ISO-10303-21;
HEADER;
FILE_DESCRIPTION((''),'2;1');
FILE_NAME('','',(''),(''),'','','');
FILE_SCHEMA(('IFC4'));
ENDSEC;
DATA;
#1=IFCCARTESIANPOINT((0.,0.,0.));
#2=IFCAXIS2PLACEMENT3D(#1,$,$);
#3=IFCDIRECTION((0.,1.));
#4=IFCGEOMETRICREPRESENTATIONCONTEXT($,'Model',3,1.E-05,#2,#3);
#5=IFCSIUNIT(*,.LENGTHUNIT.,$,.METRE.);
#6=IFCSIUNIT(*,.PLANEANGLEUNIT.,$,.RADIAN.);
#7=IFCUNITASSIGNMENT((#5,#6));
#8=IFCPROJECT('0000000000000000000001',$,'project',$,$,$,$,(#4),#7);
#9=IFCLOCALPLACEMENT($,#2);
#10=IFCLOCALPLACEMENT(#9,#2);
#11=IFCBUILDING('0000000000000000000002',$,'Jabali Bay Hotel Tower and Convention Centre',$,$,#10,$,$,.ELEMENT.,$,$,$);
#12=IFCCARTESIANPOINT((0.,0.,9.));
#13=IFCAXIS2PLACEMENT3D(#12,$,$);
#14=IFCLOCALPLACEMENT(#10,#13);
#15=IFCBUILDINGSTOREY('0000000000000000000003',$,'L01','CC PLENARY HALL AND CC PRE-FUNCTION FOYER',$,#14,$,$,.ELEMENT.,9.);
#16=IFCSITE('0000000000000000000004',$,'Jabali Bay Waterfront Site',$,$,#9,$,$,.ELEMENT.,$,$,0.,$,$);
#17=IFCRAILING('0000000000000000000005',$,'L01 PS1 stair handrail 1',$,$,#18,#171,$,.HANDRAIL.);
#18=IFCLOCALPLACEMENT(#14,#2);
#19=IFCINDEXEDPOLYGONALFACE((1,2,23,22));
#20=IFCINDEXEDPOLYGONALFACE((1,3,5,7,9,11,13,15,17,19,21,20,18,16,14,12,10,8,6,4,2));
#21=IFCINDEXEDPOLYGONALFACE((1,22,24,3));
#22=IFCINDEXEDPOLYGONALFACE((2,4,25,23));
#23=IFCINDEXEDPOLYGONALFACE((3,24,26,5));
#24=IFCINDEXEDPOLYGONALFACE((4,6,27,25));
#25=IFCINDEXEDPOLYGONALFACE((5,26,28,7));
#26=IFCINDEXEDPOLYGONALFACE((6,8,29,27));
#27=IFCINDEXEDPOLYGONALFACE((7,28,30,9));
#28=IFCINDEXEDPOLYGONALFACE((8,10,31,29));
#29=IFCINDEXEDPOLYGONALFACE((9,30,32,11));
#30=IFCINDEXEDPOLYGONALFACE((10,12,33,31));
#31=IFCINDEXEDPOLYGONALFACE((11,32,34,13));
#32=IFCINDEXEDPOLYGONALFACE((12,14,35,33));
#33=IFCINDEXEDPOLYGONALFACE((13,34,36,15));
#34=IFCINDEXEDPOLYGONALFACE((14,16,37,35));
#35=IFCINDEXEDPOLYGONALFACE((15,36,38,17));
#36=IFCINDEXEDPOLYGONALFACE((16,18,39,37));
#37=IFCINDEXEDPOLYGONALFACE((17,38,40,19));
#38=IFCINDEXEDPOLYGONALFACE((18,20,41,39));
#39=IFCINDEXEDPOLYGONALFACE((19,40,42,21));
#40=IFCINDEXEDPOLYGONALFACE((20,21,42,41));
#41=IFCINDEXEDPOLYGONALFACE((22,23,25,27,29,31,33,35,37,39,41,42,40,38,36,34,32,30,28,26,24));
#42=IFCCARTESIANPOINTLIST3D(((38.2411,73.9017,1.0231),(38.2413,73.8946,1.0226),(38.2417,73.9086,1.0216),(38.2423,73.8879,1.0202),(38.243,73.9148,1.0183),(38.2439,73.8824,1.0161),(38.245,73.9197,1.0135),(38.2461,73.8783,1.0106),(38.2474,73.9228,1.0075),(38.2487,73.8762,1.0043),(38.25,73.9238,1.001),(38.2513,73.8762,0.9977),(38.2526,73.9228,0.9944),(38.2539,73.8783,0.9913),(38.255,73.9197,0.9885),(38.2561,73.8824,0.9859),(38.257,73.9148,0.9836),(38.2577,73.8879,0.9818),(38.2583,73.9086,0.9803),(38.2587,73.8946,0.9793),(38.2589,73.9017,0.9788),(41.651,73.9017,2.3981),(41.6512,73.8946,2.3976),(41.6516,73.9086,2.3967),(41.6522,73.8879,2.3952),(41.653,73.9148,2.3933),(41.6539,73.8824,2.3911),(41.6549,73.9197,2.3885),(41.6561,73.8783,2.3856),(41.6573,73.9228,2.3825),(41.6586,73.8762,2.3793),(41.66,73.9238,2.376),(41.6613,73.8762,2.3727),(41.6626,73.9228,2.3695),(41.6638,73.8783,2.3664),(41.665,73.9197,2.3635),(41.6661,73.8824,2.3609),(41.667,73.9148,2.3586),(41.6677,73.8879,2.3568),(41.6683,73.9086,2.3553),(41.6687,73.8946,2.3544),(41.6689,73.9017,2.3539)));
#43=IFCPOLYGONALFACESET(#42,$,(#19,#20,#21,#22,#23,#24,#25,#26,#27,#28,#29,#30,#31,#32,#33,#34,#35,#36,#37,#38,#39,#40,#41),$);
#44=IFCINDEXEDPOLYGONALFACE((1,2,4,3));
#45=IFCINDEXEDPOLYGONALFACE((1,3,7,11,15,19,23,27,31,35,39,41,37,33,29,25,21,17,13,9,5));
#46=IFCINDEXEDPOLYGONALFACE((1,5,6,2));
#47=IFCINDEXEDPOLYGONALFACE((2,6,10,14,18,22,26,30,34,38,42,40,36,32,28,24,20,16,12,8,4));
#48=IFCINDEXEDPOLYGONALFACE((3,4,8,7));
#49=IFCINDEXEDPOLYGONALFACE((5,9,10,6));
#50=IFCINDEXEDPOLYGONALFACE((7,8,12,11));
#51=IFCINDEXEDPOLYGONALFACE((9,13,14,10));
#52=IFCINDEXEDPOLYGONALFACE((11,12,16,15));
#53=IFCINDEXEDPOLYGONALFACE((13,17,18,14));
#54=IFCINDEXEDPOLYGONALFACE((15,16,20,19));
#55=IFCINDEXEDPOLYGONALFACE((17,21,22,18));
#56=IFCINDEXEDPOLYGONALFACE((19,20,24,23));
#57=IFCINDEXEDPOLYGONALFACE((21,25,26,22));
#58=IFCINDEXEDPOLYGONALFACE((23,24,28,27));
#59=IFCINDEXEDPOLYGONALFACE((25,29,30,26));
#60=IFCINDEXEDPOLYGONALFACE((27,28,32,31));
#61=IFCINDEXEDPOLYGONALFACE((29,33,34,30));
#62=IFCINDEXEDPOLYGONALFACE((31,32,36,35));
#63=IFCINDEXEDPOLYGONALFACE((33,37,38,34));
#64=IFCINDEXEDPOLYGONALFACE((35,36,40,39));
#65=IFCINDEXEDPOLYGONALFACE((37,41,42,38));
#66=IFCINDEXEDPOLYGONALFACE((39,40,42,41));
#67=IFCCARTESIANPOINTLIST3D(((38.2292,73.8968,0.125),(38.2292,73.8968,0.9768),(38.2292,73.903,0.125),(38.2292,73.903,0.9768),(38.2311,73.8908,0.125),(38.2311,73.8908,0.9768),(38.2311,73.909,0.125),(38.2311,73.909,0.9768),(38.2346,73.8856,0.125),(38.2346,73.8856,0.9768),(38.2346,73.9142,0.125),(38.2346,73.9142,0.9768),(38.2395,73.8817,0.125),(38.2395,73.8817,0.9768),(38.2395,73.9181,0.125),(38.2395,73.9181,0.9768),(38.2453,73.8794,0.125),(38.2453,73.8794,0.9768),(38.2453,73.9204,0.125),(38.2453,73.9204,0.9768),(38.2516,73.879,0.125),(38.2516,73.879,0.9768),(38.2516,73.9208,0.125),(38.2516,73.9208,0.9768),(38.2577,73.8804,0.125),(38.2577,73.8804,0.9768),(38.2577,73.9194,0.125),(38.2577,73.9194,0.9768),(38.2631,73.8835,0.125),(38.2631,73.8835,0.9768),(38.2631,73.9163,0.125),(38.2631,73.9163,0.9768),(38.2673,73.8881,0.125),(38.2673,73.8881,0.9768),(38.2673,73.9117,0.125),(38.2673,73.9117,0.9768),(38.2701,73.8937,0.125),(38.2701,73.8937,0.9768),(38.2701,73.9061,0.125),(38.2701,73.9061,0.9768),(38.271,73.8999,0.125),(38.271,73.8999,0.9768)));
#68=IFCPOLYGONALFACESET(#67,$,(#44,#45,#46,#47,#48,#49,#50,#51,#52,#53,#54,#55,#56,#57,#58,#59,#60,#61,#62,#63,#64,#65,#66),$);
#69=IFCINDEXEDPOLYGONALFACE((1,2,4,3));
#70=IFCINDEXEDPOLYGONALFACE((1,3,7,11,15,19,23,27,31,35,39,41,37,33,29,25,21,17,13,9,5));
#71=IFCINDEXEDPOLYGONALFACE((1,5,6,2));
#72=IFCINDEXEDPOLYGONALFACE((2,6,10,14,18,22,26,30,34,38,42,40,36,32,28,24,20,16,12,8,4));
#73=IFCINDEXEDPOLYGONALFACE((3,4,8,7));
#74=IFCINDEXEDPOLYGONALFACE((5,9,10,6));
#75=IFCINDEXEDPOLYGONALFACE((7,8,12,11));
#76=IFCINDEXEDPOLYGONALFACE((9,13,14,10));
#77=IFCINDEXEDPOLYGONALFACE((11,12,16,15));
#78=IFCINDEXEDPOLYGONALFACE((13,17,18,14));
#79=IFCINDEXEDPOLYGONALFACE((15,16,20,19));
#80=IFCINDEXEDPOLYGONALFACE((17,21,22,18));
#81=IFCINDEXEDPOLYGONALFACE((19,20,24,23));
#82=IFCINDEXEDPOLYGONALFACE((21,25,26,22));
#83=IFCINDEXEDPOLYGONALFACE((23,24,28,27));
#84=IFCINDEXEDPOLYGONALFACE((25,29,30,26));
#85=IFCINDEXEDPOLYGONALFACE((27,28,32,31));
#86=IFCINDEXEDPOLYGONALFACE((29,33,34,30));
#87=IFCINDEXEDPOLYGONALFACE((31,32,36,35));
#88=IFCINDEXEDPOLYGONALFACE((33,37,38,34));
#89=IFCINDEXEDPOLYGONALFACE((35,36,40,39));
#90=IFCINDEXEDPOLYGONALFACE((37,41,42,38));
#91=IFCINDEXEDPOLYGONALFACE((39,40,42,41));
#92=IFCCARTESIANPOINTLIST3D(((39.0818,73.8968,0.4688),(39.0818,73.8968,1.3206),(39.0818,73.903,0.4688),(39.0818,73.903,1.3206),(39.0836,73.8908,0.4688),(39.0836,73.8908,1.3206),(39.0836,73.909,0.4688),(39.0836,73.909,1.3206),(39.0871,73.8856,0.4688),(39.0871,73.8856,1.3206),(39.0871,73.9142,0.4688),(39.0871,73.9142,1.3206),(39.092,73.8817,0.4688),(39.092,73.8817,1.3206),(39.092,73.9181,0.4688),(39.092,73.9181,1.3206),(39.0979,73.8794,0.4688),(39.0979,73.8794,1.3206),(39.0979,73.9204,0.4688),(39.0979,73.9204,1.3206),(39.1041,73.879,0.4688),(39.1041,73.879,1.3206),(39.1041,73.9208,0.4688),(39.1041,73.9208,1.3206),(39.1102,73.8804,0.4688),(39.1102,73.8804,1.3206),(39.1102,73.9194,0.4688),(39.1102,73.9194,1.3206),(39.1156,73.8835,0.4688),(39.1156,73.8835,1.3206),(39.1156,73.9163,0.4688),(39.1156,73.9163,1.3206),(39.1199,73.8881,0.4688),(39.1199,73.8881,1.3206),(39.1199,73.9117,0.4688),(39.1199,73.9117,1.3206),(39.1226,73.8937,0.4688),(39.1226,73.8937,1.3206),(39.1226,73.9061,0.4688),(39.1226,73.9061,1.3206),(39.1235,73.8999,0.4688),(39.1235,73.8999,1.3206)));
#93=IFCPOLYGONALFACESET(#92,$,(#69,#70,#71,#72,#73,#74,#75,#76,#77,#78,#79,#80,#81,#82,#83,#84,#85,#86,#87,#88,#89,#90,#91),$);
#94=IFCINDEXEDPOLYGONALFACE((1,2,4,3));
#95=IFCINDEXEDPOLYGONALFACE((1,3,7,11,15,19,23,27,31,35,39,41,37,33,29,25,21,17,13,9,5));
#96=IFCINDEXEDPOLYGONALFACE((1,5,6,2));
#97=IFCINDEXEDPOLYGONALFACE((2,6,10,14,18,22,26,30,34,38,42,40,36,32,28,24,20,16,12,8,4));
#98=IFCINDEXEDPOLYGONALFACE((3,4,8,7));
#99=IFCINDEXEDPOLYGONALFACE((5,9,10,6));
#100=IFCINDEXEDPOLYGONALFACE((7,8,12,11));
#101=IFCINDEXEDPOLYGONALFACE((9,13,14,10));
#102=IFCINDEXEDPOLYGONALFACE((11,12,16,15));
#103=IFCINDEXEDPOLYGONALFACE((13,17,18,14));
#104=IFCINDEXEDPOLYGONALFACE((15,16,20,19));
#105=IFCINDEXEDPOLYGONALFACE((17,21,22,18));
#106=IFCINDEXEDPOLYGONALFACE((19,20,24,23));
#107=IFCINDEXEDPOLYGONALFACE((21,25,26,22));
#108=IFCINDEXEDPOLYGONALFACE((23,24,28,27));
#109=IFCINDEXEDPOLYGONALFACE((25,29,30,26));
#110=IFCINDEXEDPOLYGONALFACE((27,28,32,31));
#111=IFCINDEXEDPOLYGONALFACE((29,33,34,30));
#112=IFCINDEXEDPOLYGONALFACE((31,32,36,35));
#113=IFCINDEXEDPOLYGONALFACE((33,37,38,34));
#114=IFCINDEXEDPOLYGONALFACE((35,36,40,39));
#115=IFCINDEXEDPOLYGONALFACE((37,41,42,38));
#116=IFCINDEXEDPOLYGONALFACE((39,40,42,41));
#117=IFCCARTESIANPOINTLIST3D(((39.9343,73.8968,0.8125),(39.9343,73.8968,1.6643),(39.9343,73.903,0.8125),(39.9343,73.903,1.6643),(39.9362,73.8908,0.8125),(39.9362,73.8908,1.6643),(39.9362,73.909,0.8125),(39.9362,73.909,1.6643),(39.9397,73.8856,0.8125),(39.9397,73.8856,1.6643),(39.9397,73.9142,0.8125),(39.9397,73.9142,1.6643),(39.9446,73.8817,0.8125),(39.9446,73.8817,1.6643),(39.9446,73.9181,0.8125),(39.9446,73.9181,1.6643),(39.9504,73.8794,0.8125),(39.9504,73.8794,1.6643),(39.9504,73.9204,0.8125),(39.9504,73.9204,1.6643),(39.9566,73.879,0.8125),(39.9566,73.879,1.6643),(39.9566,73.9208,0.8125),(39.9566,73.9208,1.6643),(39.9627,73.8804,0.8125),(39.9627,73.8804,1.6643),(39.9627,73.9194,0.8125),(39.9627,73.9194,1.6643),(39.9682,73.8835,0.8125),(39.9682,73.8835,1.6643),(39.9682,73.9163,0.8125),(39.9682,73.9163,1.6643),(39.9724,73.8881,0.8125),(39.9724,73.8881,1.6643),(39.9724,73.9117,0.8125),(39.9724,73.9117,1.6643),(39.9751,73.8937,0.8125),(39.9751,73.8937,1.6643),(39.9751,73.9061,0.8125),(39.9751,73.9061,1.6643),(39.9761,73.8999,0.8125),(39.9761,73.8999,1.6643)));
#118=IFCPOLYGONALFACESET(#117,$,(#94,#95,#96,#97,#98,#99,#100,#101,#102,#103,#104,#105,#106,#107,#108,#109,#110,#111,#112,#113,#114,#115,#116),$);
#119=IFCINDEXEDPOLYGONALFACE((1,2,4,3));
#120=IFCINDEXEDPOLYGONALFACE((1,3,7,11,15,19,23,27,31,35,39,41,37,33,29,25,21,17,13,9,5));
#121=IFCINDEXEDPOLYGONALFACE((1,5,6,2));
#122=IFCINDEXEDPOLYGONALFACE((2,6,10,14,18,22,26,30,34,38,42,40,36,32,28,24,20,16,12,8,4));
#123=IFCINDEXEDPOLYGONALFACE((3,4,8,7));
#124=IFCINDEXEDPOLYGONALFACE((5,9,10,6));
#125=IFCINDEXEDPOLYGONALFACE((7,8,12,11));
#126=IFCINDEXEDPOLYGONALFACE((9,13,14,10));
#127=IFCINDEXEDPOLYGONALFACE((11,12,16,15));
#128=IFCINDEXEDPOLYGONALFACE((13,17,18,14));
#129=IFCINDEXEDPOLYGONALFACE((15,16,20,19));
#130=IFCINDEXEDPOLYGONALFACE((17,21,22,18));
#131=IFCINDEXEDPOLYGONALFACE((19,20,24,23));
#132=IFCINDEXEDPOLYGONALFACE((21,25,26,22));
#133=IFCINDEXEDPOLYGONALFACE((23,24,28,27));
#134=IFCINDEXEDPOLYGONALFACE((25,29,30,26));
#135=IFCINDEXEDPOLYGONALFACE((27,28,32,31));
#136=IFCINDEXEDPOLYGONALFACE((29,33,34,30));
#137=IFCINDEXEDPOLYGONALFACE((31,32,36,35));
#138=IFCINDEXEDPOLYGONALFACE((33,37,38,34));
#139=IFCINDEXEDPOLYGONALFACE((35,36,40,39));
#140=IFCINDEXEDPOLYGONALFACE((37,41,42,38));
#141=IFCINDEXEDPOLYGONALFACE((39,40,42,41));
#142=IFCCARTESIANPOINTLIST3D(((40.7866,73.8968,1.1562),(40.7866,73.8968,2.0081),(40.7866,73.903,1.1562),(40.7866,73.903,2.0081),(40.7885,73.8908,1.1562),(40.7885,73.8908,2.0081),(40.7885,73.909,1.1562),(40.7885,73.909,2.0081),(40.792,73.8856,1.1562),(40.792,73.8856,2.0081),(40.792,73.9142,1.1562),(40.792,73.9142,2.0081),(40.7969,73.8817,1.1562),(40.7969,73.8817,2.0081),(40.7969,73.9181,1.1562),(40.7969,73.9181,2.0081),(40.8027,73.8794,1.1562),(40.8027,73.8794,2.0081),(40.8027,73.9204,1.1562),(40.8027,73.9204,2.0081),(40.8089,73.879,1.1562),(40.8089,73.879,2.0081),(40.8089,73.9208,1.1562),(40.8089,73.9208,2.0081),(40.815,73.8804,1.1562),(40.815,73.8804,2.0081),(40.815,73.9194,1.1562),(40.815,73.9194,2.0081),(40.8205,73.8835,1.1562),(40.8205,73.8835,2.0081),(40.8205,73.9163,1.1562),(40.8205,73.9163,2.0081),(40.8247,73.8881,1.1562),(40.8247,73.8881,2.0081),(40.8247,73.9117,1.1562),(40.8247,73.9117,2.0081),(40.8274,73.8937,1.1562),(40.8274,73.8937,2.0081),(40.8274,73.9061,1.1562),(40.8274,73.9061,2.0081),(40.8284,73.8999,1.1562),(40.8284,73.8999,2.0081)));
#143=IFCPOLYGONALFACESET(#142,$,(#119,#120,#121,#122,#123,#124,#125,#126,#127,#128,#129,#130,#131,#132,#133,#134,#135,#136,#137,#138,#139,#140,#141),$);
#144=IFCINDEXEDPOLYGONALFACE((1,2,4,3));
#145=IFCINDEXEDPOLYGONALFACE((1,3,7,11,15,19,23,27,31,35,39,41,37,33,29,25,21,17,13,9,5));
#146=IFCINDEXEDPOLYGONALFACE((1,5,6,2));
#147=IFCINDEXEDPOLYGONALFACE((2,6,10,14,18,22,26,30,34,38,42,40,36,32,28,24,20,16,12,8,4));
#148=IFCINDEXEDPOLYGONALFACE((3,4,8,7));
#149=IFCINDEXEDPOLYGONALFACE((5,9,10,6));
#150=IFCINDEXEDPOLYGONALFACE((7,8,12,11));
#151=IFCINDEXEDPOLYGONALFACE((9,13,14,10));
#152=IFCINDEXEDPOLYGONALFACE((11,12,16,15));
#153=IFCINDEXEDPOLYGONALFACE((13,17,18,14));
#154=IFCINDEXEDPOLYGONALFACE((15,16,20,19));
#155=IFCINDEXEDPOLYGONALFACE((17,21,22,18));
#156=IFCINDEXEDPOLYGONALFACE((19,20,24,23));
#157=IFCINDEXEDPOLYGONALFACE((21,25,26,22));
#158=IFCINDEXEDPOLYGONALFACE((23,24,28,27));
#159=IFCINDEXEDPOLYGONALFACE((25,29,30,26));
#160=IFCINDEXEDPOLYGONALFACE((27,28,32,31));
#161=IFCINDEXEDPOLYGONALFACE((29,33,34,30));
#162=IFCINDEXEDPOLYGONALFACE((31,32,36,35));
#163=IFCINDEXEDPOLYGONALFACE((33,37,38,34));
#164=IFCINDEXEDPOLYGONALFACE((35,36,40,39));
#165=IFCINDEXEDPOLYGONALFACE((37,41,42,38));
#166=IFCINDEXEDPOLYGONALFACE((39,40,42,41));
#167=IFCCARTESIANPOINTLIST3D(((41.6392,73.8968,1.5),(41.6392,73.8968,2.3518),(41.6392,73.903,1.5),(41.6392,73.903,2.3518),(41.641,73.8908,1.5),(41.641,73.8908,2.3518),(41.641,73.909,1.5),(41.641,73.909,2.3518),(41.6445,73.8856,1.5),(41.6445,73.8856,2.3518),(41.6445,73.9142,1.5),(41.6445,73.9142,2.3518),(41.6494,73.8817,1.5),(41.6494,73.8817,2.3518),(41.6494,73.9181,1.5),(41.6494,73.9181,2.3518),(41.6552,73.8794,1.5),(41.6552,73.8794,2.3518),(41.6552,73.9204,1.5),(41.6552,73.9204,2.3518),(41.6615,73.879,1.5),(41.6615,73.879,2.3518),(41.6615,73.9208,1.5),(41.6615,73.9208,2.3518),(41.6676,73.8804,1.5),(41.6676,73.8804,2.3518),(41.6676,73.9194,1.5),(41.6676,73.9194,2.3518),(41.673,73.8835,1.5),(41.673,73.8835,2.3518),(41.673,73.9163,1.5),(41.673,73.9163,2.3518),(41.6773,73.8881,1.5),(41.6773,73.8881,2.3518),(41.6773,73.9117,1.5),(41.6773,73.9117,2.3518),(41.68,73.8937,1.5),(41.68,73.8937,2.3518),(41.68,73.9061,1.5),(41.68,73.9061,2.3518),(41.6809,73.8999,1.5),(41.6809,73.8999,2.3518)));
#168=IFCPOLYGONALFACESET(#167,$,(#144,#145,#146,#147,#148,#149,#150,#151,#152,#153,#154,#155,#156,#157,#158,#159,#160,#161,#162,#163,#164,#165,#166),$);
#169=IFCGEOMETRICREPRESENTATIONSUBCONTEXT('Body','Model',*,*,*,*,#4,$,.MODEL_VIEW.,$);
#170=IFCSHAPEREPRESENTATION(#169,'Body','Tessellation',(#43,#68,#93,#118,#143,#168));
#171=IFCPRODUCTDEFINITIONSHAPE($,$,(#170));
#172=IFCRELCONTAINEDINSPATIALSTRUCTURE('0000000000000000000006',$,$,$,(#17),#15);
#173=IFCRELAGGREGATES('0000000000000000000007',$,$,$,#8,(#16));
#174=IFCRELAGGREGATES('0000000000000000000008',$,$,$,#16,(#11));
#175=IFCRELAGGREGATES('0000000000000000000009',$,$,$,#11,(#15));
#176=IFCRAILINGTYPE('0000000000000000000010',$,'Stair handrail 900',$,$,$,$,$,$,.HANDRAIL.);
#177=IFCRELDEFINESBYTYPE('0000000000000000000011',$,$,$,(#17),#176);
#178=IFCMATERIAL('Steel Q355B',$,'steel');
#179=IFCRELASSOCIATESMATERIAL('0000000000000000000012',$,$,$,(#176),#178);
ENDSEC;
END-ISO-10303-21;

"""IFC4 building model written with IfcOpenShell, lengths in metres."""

from ifc_helpers import new_model, si_unit, direction, frame, origin, origin_2d, place, context, subcontext, project, spatial, circle, extrude, material, type_object, element, save


model = new_model("IFC4")

# Units and contexts
model_context = context("Model", 3, precision=1e-05, world=origin(), true_north=direction((0.0, 1.0)))
body_context = subcontext(model_context, "Body", "Model", "MODEL_VIEW")
ifc_project = project(units=[si_unit("LENGTHUNIT", "METRE"), si_unit("PLANEANGLEUNIT", "RADIAN")], contexts=[model_context])

# Site, building, storey
site_placement = place(None, origin())
site = spatial("IfcSite", under=ifc_project, at=site_placement, Name="Jabali Bay Waterfront Site", CompositionType="ELEMENT", RefElevation=0.0)
building_placement = place(site_placement, origin())
building = spatial("IfcBuilding", under=site, at=building_placement, Name="Jabali Bay Hotel Tower and Convention Centre", CompositionType="ELEMENT")
storey_placement = place(building_placement, frame((0.0, 0.0, 9.0)))
storey = spatial("IfcBuildingStorey", under=building, at=storey_placement, Name="L01", Description="CC PLENARY HALL AND CC PRE-FUNCTION FOYER", CompositionType="ELEMENT", Elevation=9.0)

# Railing
ifc_material_1 = material(Name="Steel Q355B", Category="steel")
railing_type_1 = type_object("IfcRailingType", Name="Stair handrail 900", PredefinedType="HANDRAIL", material=ifc_material_1)
for number, where, name in (
    (1, (38.25, 73.8999, 0.125), "L01 PS1 stair handrail 1"),
):
    element("IfcRailing", number, at=place(storey_placement, frame(where)), inside=storey, type_object=railing_type_1, Name=name, PredefinedType="HANDRAIL", context=body_context, shape_type="SweptSolid", body=[
        extrude(circle(Radius=0.0239, at=origin_2d()), frame((0.0, 0.0, 0.876), z_axis=(0.927438, 0.0, 0.373977), x_axis=(0.0, 1.0, 0.0)), (0.0, 0.0, 1.0), 3.6768),
        extrude(circle(Radius=0.021, at=origin_2d()), origin(), (0.0, 0.0, 1.0), 0.8518),
        extrude(circle(Radius=0.021, at=origin_2d()), frame((0.8525, 0.0, 0.3438)), (0.0, 0.0, 1.0), 0.8518),
        extrude(circle(Radius=0.021, at=origin_2d()), frame((1.7051, 0.0, 0.6875)), (0.0, 0.0, 1.0), 0.8518),
        extrude(circle(Radius=0.021, at=origin_2d()), frame((2.5574, 0.0, 1.0312)), (0.0, 0.0, 1.0), 0.8518),
        extrude(circle(Radius=0.021, at=origin_2d()), frame((3.4099, 0.0, 1.375)), (0.0, 0.0, 1.0), 0.8518),
    ])

save(model, "model.ifc")
